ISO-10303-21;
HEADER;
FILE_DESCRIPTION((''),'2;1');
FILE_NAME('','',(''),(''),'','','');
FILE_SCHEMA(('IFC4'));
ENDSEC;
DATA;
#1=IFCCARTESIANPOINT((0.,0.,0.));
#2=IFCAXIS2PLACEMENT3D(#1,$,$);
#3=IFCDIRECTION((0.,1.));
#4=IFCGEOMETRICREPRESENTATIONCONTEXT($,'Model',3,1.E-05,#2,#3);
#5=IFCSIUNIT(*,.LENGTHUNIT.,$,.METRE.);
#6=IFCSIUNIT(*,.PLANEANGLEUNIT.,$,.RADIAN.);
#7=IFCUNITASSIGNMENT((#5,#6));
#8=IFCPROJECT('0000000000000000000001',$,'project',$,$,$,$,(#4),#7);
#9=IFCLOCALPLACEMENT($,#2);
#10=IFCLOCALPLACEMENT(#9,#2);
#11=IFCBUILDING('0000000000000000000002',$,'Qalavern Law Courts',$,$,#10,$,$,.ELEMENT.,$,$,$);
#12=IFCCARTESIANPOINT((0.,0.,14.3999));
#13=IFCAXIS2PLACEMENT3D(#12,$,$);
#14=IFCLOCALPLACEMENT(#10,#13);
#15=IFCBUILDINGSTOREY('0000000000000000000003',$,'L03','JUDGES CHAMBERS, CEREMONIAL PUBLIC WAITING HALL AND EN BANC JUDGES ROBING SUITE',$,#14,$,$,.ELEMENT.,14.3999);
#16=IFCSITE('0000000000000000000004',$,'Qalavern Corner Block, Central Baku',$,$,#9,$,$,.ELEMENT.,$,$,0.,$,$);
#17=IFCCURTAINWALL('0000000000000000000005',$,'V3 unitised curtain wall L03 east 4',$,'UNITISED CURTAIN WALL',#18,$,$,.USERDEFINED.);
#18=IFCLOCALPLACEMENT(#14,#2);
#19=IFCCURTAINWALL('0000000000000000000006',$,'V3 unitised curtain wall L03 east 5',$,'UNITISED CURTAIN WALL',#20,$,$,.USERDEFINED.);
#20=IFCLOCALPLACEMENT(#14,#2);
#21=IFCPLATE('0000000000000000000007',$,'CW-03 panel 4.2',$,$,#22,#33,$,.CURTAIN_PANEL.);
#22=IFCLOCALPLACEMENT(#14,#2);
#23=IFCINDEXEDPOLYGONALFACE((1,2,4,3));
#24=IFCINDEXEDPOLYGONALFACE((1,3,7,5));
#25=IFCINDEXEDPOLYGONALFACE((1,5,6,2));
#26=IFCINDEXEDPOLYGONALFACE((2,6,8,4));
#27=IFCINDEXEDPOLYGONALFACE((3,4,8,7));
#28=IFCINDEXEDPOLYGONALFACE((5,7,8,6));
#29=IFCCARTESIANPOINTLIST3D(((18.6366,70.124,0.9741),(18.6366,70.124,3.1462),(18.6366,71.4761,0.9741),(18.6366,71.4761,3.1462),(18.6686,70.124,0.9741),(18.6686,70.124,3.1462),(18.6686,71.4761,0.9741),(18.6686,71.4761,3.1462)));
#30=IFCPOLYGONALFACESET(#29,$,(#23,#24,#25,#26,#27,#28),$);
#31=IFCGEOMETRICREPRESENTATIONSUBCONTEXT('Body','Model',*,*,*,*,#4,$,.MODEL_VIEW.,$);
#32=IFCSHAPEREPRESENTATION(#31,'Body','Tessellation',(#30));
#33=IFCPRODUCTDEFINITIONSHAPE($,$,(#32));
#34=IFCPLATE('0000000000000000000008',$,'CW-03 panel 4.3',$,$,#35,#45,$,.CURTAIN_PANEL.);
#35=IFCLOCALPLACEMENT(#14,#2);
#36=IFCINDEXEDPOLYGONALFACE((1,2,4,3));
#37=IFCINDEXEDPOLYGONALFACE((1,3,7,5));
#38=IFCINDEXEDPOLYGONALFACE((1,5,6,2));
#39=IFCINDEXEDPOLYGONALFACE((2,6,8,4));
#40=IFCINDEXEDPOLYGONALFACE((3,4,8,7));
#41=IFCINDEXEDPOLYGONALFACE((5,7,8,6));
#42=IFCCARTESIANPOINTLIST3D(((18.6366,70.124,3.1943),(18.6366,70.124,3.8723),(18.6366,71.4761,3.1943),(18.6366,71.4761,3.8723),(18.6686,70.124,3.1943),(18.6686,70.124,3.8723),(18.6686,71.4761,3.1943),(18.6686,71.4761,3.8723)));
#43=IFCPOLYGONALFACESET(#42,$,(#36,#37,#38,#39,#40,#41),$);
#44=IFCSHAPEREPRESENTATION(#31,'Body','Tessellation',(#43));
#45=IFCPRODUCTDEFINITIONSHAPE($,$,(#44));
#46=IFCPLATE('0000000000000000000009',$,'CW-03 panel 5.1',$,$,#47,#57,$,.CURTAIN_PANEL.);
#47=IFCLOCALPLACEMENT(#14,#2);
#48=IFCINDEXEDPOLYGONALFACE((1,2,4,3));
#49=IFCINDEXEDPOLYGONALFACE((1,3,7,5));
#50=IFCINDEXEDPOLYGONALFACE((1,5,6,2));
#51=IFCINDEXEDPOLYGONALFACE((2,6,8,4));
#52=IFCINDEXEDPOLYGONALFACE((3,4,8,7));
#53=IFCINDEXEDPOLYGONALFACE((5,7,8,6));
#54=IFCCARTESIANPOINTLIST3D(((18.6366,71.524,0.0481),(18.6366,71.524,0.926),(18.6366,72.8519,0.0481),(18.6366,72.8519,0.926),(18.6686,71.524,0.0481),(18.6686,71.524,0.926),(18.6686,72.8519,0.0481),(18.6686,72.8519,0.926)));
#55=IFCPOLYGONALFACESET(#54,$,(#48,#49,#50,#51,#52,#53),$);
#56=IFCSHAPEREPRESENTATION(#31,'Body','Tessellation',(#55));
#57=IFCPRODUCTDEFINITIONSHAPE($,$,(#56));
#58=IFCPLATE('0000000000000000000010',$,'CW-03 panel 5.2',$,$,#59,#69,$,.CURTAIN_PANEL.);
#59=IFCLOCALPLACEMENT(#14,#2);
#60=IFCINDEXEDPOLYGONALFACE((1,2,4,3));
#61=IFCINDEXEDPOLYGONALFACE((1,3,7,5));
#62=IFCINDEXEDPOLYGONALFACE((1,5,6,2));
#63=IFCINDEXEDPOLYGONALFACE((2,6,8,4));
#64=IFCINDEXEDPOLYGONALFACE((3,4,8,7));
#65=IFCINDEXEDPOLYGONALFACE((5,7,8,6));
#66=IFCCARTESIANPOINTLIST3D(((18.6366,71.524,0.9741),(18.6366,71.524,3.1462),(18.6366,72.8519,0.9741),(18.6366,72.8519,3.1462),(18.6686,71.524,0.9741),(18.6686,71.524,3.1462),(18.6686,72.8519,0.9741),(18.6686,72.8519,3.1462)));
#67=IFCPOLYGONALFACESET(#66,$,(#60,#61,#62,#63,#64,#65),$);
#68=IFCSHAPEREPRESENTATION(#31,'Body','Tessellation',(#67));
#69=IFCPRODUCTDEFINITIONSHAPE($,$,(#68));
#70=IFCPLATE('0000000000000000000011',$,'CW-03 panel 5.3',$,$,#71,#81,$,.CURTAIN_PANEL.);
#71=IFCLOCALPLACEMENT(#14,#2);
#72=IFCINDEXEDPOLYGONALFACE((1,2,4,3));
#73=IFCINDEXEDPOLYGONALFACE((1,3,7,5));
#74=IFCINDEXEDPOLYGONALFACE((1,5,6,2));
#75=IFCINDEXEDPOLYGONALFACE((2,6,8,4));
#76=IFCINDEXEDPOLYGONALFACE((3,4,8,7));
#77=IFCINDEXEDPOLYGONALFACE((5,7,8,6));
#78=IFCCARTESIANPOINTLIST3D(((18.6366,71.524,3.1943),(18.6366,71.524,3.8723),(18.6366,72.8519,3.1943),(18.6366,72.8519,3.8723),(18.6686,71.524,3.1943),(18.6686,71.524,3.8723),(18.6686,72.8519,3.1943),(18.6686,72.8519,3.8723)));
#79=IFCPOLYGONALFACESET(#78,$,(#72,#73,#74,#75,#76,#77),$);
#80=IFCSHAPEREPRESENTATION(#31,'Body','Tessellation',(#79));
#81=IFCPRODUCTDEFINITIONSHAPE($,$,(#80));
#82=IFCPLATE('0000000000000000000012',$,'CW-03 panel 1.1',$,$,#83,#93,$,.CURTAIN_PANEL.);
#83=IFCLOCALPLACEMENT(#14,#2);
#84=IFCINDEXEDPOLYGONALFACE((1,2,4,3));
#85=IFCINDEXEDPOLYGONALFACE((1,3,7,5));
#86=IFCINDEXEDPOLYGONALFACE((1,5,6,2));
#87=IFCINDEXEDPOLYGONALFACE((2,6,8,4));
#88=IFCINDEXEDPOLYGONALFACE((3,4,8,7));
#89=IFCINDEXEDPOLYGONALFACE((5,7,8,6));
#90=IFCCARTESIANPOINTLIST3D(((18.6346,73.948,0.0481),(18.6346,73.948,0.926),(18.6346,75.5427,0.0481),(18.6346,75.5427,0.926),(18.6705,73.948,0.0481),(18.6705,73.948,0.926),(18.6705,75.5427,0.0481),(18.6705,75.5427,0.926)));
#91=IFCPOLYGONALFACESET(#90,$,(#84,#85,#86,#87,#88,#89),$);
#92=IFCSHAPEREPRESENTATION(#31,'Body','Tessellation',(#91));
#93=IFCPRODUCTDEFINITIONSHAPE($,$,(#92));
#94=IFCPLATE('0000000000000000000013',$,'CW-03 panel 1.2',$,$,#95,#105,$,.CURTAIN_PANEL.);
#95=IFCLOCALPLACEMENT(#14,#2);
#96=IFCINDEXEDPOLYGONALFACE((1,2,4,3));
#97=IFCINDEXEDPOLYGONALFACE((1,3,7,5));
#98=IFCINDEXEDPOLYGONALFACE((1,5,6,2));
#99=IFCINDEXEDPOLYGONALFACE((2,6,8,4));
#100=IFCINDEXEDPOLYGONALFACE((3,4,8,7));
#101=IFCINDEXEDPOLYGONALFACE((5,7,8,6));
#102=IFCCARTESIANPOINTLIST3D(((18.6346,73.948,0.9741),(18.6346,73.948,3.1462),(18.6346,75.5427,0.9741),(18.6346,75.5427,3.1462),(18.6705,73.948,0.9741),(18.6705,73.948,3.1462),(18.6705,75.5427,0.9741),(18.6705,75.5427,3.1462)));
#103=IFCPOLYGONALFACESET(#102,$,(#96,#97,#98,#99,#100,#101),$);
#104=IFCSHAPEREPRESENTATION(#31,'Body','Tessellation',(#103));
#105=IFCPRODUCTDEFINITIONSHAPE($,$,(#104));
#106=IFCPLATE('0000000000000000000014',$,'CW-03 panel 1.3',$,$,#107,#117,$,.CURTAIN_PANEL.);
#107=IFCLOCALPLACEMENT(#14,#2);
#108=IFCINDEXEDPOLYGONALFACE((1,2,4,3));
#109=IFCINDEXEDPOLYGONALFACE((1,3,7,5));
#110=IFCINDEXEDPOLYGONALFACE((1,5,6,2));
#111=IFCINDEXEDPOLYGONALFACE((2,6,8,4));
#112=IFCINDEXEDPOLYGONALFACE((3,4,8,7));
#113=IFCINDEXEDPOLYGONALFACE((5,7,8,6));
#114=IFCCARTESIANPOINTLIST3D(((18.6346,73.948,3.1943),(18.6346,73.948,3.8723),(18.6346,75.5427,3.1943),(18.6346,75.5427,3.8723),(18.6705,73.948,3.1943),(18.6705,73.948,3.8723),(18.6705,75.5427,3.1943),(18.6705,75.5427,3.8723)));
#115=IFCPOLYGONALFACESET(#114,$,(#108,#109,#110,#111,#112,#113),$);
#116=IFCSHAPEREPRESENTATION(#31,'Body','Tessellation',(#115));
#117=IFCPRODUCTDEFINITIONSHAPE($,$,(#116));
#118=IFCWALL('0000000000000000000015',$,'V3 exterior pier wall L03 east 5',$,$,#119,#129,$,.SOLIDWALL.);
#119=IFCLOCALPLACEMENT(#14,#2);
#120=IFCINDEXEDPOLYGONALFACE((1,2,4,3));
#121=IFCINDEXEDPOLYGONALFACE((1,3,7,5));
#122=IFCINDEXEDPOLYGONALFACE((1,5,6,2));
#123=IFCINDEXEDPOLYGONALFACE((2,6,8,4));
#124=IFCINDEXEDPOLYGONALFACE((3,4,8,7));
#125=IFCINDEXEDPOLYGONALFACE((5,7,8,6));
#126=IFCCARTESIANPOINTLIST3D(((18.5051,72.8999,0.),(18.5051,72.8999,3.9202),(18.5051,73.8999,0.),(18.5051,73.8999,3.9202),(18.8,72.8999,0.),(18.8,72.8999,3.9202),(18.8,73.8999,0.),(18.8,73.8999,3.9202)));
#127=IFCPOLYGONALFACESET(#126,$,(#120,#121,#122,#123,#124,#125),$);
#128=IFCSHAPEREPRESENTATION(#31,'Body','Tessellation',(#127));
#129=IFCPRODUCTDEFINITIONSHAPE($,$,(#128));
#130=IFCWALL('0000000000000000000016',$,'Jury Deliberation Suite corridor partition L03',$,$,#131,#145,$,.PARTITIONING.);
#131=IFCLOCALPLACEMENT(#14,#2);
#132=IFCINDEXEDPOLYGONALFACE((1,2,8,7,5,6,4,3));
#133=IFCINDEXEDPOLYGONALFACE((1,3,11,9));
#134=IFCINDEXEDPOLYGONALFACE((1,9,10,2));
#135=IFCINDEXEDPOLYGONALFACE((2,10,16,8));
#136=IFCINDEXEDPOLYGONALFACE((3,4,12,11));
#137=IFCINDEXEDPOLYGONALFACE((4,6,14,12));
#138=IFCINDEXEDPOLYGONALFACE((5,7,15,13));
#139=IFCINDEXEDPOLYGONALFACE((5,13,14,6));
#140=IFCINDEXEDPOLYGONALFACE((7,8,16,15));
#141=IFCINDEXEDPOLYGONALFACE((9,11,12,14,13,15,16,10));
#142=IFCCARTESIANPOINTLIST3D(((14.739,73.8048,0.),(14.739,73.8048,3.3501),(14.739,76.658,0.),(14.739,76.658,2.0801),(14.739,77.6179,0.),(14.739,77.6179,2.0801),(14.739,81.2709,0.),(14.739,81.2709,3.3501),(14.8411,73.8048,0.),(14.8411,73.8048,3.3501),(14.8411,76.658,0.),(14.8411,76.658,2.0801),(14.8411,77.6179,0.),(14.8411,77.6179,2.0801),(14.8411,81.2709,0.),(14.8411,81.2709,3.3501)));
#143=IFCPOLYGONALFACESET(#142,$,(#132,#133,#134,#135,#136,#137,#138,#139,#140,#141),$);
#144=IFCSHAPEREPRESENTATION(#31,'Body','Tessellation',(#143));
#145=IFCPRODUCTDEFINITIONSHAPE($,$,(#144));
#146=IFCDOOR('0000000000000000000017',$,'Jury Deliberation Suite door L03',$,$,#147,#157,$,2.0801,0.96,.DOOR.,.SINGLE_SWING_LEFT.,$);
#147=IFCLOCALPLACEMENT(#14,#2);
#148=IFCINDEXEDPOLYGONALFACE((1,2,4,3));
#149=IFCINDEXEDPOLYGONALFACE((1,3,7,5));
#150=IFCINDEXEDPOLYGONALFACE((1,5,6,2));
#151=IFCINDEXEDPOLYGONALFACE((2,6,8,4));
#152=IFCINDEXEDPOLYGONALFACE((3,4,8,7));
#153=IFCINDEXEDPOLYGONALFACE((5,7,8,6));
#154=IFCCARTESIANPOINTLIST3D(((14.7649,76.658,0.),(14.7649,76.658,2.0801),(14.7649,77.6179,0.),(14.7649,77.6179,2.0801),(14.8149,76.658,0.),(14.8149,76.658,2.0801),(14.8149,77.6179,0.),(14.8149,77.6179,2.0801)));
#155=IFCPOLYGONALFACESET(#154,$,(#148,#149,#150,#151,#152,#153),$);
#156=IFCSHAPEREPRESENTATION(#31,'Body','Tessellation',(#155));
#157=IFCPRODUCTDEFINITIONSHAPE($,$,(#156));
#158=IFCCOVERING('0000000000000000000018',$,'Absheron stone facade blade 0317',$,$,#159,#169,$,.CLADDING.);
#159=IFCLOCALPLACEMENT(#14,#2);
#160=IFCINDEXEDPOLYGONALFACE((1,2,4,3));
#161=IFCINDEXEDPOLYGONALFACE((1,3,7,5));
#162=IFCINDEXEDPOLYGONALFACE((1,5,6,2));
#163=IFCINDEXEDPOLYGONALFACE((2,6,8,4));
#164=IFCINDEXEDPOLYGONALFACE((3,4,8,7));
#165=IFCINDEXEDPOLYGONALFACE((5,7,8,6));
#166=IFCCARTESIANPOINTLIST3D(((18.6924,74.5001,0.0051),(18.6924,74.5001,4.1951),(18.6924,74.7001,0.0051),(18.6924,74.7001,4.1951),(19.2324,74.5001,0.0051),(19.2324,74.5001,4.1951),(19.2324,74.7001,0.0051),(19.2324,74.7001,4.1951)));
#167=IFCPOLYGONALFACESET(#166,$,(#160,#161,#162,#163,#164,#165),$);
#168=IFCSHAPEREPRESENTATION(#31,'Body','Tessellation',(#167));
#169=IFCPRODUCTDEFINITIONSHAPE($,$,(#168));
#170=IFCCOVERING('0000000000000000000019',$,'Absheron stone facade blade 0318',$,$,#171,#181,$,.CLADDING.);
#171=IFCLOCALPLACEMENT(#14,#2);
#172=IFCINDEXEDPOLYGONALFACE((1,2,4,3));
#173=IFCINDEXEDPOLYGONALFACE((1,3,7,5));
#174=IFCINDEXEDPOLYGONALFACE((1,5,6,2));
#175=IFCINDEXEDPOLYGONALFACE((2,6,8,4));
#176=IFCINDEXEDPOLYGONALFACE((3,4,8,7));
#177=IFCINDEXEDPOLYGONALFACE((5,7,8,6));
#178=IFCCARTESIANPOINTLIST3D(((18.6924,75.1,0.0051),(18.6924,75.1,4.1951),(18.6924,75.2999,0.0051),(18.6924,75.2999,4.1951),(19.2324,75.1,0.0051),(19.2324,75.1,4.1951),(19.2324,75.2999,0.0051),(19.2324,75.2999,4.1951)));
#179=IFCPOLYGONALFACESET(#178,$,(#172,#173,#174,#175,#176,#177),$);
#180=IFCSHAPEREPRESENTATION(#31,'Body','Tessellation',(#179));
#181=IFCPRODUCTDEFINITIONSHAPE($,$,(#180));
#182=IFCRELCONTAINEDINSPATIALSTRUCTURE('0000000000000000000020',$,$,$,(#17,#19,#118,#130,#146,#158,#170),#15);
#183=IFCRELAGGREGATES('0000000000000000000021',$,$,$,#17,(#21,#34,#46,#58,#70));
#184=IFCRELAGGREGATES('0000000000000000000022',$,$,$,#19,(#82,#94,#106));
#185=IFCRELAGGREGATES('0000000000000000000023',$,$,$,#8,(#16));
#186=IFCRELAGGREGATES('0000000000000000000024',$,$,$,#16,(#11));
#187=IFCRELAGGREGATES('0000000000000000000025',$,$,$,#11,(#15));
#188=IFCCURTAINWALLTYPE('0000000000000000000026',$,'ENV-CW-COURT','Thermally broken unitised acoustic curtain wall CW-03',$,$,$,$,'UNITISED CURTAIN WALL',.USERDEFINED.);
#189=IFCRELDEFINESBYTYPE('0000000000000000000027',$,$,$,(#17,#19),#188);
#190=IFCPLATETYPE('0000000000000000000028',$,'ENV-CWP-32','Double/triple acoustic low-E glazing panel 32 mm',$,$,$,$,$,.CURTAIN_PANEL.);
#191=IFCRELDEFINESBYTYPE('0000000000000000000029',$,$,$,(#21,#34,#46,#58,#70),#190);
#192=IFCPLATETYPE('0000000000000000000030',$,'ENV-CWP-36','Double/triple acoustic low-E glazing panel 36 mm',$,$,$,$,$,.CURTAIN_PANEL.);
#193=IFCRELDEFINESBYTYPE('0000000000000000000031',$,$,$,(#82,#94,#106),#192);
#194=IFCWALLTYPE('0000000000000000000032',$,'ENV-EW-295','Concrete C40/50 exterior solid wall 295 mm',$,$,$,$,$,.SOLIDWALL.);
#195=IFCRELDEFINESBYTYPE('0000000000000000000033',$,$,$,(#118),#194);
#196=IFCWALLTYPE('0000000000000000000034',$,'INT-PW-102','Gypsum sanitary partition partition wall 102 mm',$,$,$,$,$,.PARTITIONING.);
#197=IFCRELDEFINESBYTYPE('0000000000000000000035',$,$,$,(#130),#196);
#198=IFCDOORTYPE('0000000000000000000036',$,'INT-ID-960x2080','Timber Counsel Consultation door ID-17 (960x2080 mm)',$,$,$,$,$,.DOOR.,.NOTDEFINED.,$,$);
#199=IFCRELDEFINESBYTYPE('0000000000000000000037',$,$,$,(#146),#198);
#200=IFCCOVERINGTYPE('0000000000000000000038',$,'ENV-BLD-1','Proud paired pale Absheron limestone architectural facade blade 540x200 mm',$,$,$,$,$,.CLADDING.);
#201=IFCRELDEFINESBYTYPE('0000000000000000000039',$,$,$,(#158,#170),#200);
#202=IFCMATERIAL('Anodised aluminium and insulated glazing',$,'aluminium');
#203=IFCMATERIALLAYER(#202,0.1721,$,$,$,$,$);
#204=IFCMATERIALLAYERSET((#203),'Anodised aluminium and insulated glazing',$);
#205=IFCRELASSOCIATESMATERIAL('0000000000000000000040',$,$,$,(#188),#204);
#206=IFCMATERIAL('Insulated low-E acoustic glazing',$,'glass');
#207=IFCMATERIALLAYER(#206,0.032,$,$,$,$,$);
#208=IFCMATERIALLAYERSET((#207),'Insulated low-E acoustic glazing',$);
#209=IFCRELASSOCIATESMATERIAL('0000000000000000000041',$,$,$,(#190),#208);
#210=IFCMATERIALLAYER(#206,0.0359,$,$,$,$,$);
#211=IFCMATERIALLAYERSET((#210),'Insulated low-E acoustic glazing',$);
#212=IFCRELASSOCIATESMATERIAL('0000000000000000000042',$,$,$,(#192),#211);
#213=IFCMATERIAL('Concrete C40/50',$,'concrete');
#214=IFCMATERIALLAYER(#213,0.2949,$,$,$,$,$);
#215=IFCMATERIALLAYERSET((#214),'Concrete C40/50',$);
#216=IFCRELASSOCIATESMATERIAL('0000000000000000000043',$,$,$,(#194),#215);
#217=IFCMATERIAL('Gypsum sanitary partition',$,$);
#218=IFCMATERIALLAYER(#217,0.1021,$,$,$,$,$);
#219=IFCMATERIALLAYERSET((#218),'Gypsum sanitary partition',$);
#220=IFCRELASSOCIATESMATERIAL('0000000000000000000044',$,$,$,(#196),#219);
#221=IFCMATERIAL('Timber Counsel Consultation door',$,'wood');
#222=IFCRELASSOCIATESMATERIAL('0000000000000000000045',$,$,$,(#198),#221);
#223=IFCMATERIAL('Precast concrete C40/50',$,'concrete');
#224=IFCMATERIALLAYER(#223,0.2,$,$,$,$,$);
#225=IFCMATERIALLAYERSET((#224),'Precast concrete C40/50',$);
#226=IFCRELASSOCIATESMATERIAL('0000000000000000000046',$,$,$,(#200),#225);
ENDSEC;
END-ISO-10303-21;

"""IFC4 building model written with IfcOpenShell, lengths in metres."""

from ifc_helpers import new_model, si_unit, direction, frame, frame_2d, origin, origin_2d, place, context, subcontext, project, spatial, rectangle, extrude, material, layer, layer_set, type_object, element, fill, aggregate, save


model = new_model("IFC4")

# Units and contexts
model_context = context("Model", 3, precision=1e-05, world=origin(), true_north=direction((0.0, 1.0)))
body_context = subcontext(model_context, "Body", "Model", "MODEL_VIEW")
ifc_project = project(units=[si_unit("LENGTHUNIT", "METRE"), si_unit("PLANEANGLEUNIT", "RADIAN")], contexts=[model_context])

# Site, building, storey
site_placement = place(None, origin())
site = spatial("IfcSite", under=ifc_project, at=site_placement, Name="Qalavern Corner Block, Central Baku", CompositionType="ELEMENT", RefElevation=0.0)
building_placement = place(site_placement, origin())
building = spatial("IfcBuilding", under=site, at=building_placement, Name="Qalavern Law Courts", CompositionType="ELEMENT")
storey_placement = place(building_placement, frame((0.0, 0.0, 14.3999)))
storey = spatial("IfcBuildingStorey", under=building, at=storey_placement, Name="L03", Description="JUDGES CHAMBERS, CEREMONIAL PUBLIC WAITING HALL AND EN BANC JUDGES ROBING SUITE", CompositionType="ELEMENT", Elevation=14.3999)

# Curtain walls
ifc_material_1 = material(Name="Anodised aluminium and insulated glazing", Category="aluminium")
ifc_layer_1 = layer(ifc_material_1, 0.1721)
ifc_layer_set_1 = layer_set([ifc_layer_1], Name="Anodised aluminium and insulated glazing")
curtain_wall_type = type_object("IfcCurtainWallType", Name="ENV-CW-COURT", Description="Thermally broken unitised acoustic curtain wall CW-03", ElementType="UNITISED CURTAIN WALL", PredefinedType="USERDEFINED", material=ifc_layer_set_1)
curtain_wall_1_placement = place(storey_placement, origin())
curtain_wall_1 = element("IfcCurtainWall", 1, at=curtain_wall_1_placement, inside=storey, type_object=curtain_wall_type, Name="V3 unitised curtain wall L03 east 4", ObjectType="UNITISED CURTAIN WALL", PredefinedType="USERDEFINED")
curtain_wall_2_placement = place(storey_placement, origin())
curtain_wall_2 = element("IfcCurtainWall", 2, at=curtain_wall_2_placement, inside=storey, type_object=curtain_wall_type, Name="V3 unitised curtain wall L03 east 5", ObjectType="UNITISED CURTAIN WALL", PredefinedType="USERDEFINED")

# Plates
ifc_material_2 = material(Name="Insulated low-E acoustic glazing", Category="glass")
ifc_layer_2 = layer(ifc_material_2, 0.032)
ifc_layer_set_2 = layer_set([ifc_layer_2], Name="Insulated low-E acoustic glazing")
plate_type_1 = type_object("IfcPlateType", Name="ENV-CWP-32", Description="Double/triple acoustic low-E glazing panel 32 mm", PredefinedType="CURTAIN_PANEL", material=ifc_layer_set_2)
plate_1_placement = place(storey_placement, frame((18.6526, 70.8, 0.9741), z_axis=(0.0, 0.0, 1.0), x_axis=(0.0, 1.0, 0.0)))
plate_1 = element("IfcPlate", 3, at=plate_1_placement, type_object=plate_type_1, Name="CW-03 panel 4.2", PredefinedType="CURTAIN_PANEL", context=body_context, shape_type="SweptSolid", body=[
    extrude(rectangle(XDim=1.3521, YDim=0.032, at=origin_2d()), origin(), (0.0, 0.0, 1.0), 2.1721),
])
plate_2_placement = place(storey_placement, frame((18.6526, 70.8, 3.1943), z_axis=(0.0, 0.0, 1.0), x_axis=(0.0, 1.0, 0.0)))
plate_2 = element("IfcPlate", 4, at=plate_2_placement, type_object=plate_type_1, Name="CW-03 panel 4.3", PredefinedType="CURTAIN_PANEL", context=body_context, shape_type="SweptSolid", body=[
    extrude(rectangle(XDim=1.3521, YDim=0.032, at=origin_2d()), origin(), (0.0, 0.0, 1.0), 0.678),
])
plate_3_placement = place(storey_placement, frame((18.6526, 72.188, 0.0481), z_axis=(0.0, 0.0, 1.0), x_axis=(0.0, 1.0, 0.0)))
plate_3 = element("IfcPlate", 5, at=plate_3_placement, type_object=plate_type_1, Name="CW-03 panel 5.1", PredefinedType="CURTAIN_PANEL", context=body_context, shape_type="SweptSolid", body=[
    extrude(rectangle(XDim=1.3279, YDim=0.032, at=origin_2d()), origin(), (0.0, 0.0, 1.0), 0.8779),
])
plate_4_placement = place(storey_placement, frame((18.6526, 72.188, 0.9741), z_axis=(0.0, 0.0, 1.0), x_axis=(0.0, 1.0, 0.0)))
plate_4 = element("IfcPlate", 6, at=plate_4_placement, type_object=plate_type_1, Name="CW-03 panel 5.2", PredefinedType="CURTAIN_PANEL", context=body_context, shape_type="SweptSolid", body=[
    extrude(rectangle(XDim=1.3279, YDim=0.032, at=origin_2d()), origin(), (0.0, 0.0, 1.0), 2.1721),
])
plate_5_placement = place(storey_placement, frame((18.6526, 72.188, 3.1943), z_axis=(0.0, 0.0, 1.0), x_axis=(0.0, 1.0, 0.0)))
plate_5 = element("IfcPlate", 7, at=plate_5_placement, type_object=plate_type_1, Name="CW-03 panel 5.3", PredefinedType="CURTAIN_PANEL", context=body_context, shape_type="SweptSolid", body=[
    extrude(rectangle(XDim=1.3279, YDim=0.032, at=origin_2d()), origin(), (0.0, 0.0, 1.0), 0.678),
])
aggregate(curtain_wall_1, [plate_1, plate_2, plate_3, plate_4, plate_5])
ifc_layer_3 = layer(ifc_material_2, 0.0359)
ifc_layer_set_3 = layer_set([ifc_layer_3], Name="Insulated low-E acoustic glazing")
plate_type_2 = type_object("IfcPlateType", Name="ENV-CWP-36", Description="Double/triple acoustic low-E glazing panel 36 mm", PredefinedType="CURTAIN_PANEL", material=ifc_layer_set_3)
plate_6_placement = place(storey_placement, frame((18.6526, 74.7454, 0.0481), z_axis=(0.0, 0.0, 1.0), x_axis=(0.0, 1.0, 0.0)))
plate_6 = element("IfcPlate", 8, at=plate_6_placement, type_object=plate_type_2, Name="CW-03 panel 1.1", PredefinedType="CURTAIN_PANEL", context=body_context, shape_type="SweptSolid", body=[
    extrude(rectangle(XDim=1.5947, YDim=0.0359, at=origin_2d()), origin(), (0.0, 0.0, 1.0), 0.8779),
])
plate_7_placement = place(storey_placement, frame((18.6526, 74.7454, 0.9741), z_axis=(0.0, 0.0, 1.0), x_axis=(0.0, 1.0, 0.0)))
plate_7 = element("IfcPlate", 9, at=plate_7_placement, type_object=plate_type_2, Name="CW-03 panel 1.2", PredefinedType="CURTAIN_PANEL", context=body_context, shape_type="SweptSolid", body=[
    extrude(rectangle(XDim=1.5947, YDim=0.0359, at=origin_2d()), origin(), (0.0, 0.0, 1.0), 2.1721),
])
plate_8_placement = place(storey_placement, frame((18.6526, 74.7454, 3.1943), z_axis=(0.0, 0.0, 1.0), x_axis=(0.0, 1.0, 0.0)))
plate_8 = element("IfcPlate", 10, at=plate_8_placement, type_object=plate_type_2, Name="CW-03 panel 1.3", PredefinedType="CURTAIN_PANEL", context=body_context, shape_type="SweptSolid", body=[
    extrude(rectangle(XDim=1.5947, YDim=0.0359, at=origin_2d()), origin(), (0.0, 0.0, 1.0), 0.678),
])
aggregate(curtain_wall_2, [plate_6, plate_7, plate_8])

# Wall
ifc_material_3 = material(Name="Concrete C40/50", Category="concrete")
ifc_layer_4 = layer(ifc_material_3, 0.2949)
ifc_layer_set_4 = layer_set([ifc_layer_4], Name="Concrete C40/50")
wall_type_1 = type_object("IfcWallType", Name="ENV-EW-295", Description="Concrete C40/50 exterior solid wall 295 mm", PredefinedType="SOLIDWALL", material=ifc_layer_set_4)
wall_1_placement = place(storey_placement, frame((18.6526, 72.8999, 0.0), z_axis=(0.0, 0.0, 1.0), x_axis=(0.0, 1.0, 0.0)))
element("IfcWall", 11, at=wall_1_placement, inside=storey, type_object=wall_type_1, Name="V3 exterior pier wall L03 east 5", PredefinedType="SOLIDWALL", context=body_context, shape_type="SweptSolid", body=[
    extrude(rectangle(XDim=1.0, YDim=0.2949, at=frame_2d((0.5, 0.0))), origin(), (0.0, 0.0, 1.0), 3.9202),
])

# Wall, opening, door
ifc_material_4 = material(Name="Gypsum sanitary partition")
ifc_layer_5 = layer(ifc_material_4, 0.1021)
ifc_layer_set_5 = layer_set([ifc_layer_5], Name="Gypsum sanitary partition")
wall_type_2 = type_object("IfcWallType", Name="INT-PW-102", Description="Gypsum sanitary partition partition wall 102 mm", PredefinedType="PARTITIONING", material=ifc_layer_set_5)
wall_2_placement = place(storey_placement, frame((14.79, 73.8049, 0.0), z_axis=(0.0, 0.0, 1.0), x_axis=(0.0, 1.0, 0.0)))
wall_2 = element("IfcWall", 12, at=wall_2_placement, inside=storey, type_object=wall_type_2, Name="Jury Deliberation Suite corridor partition L03", PredefinedType="PARTITIONING", context=body_context, shape_type="SweptSolid", body=[
    extrude(rectangle(XDim=7.4661, YDim=0.1021, at=frame_2d((3.7329, 0.0))), origin(), (0.0, 0.0, 1.0), 3.3501),
])
opening_placement = place(wall_2_placement, frame((2.853, 0.0, 0.0)))
opening = element("IfcOpeningElement", 13, at=opening_placement, cuts=wall_2, PredefinedType="OPENING", context=body_context, shape_type="SweptSolid", body=[
    extrude(rectangle(XDim=0.96, YDim=2.0801, at=frame_2d((0.48, 1.04))), frame((0.0, 0.0659, 0.0), z_axis=(0.0, -1.0, 0.0), x_axis=(1.0, 0.0, 0.0)), (0.0, 0.0, 1.0), 0.1318),
])
ifc_material_5 = material(Name="Timber Counsel Consultation door", Category="wood")
door_type = type_object("IfcDoorType", Name="INT-ID-960x2080", Description="Timber Counsel Consultation door ID-17 (960x2080 mm)", OperationType="NOTDEFINED", PredefinedType="DOOR", material=ifc_material_5)
door_placement = place(opening_placement, frame((0.96, 0.0, 0.0), z_axis=(0.0, 0.0, 1.0), x_axis=(-1.0, 0.0, 0.0)))
door = element("IfcDoor", 14, at=door_placement, inside=storey, type_object=door_type, Name="Jury Deliberation Suite door L03", OperationType="SINGLE_SWING_LEFT", OverallHeight=2.0801, OverallWidth=0.96, PredefinedType="DOOR", context=body_context, shape_type="SweptSolid", body=[
    extrude(rectangle(XDim=0.96, YDim=2.0801, at=frame_2d((0.48, 1.04))), frame((0.0, 0.0249, 0.0), z_axis=(0.0, -1.0, 0.0), x_axis=(1.0, 0.0, 0.0)), (0.0, 0.0, 1.0), 0.05),
])
fill(opening, door)

# Coverings
ifc_material_6 = material(Name="Precast concrete C40/50", Category="concrete")
ifc_layer_6 = layer(ifc_material_6, 0.2)
ifc_layer_set_6 = layer_set([ifc_layer_6], Name="Precast concrete C40/50")
covering_type_1 = type_object("IfcCoveringType", Name="ENV-BLD-1", Description="Proud paired pale Absheron limestone architectural facade blade 540x200 mm", PredefinedType="CLADDING", material=ifc_layer_set_6)
for number, where, z_axis, x_axis, name in (
    (15, (18.9624, 74.6001, 0.0051), (0.0, 0.0, 1.0), (1.0, 0.0, 0.0), "Absheron stone facade blade 0317"),
    (16, (18.9624, 75.2, 0.0051), (0.0, 0.0, 1.0), (1.0, 0.0, 0.0), "Absheron stone facade blade 0318"),
):
    element("IfcCovering", number, at=place(storey_placement, frame(where, z_axis=z_axis, x_axis=x_axis)), inside=storey, type_object=covering_type_1, Name=name, PredefinedType="CLADDING", context=body_context, shape_type="SweptSolid", body=[
        extrude(rectangle(XDim=0.54, YDim=0.2, at=origin_2d()), origin(), (0.0, 0.0, 1.0), 4.1899),
    ])

save(model, "model.ifc")
